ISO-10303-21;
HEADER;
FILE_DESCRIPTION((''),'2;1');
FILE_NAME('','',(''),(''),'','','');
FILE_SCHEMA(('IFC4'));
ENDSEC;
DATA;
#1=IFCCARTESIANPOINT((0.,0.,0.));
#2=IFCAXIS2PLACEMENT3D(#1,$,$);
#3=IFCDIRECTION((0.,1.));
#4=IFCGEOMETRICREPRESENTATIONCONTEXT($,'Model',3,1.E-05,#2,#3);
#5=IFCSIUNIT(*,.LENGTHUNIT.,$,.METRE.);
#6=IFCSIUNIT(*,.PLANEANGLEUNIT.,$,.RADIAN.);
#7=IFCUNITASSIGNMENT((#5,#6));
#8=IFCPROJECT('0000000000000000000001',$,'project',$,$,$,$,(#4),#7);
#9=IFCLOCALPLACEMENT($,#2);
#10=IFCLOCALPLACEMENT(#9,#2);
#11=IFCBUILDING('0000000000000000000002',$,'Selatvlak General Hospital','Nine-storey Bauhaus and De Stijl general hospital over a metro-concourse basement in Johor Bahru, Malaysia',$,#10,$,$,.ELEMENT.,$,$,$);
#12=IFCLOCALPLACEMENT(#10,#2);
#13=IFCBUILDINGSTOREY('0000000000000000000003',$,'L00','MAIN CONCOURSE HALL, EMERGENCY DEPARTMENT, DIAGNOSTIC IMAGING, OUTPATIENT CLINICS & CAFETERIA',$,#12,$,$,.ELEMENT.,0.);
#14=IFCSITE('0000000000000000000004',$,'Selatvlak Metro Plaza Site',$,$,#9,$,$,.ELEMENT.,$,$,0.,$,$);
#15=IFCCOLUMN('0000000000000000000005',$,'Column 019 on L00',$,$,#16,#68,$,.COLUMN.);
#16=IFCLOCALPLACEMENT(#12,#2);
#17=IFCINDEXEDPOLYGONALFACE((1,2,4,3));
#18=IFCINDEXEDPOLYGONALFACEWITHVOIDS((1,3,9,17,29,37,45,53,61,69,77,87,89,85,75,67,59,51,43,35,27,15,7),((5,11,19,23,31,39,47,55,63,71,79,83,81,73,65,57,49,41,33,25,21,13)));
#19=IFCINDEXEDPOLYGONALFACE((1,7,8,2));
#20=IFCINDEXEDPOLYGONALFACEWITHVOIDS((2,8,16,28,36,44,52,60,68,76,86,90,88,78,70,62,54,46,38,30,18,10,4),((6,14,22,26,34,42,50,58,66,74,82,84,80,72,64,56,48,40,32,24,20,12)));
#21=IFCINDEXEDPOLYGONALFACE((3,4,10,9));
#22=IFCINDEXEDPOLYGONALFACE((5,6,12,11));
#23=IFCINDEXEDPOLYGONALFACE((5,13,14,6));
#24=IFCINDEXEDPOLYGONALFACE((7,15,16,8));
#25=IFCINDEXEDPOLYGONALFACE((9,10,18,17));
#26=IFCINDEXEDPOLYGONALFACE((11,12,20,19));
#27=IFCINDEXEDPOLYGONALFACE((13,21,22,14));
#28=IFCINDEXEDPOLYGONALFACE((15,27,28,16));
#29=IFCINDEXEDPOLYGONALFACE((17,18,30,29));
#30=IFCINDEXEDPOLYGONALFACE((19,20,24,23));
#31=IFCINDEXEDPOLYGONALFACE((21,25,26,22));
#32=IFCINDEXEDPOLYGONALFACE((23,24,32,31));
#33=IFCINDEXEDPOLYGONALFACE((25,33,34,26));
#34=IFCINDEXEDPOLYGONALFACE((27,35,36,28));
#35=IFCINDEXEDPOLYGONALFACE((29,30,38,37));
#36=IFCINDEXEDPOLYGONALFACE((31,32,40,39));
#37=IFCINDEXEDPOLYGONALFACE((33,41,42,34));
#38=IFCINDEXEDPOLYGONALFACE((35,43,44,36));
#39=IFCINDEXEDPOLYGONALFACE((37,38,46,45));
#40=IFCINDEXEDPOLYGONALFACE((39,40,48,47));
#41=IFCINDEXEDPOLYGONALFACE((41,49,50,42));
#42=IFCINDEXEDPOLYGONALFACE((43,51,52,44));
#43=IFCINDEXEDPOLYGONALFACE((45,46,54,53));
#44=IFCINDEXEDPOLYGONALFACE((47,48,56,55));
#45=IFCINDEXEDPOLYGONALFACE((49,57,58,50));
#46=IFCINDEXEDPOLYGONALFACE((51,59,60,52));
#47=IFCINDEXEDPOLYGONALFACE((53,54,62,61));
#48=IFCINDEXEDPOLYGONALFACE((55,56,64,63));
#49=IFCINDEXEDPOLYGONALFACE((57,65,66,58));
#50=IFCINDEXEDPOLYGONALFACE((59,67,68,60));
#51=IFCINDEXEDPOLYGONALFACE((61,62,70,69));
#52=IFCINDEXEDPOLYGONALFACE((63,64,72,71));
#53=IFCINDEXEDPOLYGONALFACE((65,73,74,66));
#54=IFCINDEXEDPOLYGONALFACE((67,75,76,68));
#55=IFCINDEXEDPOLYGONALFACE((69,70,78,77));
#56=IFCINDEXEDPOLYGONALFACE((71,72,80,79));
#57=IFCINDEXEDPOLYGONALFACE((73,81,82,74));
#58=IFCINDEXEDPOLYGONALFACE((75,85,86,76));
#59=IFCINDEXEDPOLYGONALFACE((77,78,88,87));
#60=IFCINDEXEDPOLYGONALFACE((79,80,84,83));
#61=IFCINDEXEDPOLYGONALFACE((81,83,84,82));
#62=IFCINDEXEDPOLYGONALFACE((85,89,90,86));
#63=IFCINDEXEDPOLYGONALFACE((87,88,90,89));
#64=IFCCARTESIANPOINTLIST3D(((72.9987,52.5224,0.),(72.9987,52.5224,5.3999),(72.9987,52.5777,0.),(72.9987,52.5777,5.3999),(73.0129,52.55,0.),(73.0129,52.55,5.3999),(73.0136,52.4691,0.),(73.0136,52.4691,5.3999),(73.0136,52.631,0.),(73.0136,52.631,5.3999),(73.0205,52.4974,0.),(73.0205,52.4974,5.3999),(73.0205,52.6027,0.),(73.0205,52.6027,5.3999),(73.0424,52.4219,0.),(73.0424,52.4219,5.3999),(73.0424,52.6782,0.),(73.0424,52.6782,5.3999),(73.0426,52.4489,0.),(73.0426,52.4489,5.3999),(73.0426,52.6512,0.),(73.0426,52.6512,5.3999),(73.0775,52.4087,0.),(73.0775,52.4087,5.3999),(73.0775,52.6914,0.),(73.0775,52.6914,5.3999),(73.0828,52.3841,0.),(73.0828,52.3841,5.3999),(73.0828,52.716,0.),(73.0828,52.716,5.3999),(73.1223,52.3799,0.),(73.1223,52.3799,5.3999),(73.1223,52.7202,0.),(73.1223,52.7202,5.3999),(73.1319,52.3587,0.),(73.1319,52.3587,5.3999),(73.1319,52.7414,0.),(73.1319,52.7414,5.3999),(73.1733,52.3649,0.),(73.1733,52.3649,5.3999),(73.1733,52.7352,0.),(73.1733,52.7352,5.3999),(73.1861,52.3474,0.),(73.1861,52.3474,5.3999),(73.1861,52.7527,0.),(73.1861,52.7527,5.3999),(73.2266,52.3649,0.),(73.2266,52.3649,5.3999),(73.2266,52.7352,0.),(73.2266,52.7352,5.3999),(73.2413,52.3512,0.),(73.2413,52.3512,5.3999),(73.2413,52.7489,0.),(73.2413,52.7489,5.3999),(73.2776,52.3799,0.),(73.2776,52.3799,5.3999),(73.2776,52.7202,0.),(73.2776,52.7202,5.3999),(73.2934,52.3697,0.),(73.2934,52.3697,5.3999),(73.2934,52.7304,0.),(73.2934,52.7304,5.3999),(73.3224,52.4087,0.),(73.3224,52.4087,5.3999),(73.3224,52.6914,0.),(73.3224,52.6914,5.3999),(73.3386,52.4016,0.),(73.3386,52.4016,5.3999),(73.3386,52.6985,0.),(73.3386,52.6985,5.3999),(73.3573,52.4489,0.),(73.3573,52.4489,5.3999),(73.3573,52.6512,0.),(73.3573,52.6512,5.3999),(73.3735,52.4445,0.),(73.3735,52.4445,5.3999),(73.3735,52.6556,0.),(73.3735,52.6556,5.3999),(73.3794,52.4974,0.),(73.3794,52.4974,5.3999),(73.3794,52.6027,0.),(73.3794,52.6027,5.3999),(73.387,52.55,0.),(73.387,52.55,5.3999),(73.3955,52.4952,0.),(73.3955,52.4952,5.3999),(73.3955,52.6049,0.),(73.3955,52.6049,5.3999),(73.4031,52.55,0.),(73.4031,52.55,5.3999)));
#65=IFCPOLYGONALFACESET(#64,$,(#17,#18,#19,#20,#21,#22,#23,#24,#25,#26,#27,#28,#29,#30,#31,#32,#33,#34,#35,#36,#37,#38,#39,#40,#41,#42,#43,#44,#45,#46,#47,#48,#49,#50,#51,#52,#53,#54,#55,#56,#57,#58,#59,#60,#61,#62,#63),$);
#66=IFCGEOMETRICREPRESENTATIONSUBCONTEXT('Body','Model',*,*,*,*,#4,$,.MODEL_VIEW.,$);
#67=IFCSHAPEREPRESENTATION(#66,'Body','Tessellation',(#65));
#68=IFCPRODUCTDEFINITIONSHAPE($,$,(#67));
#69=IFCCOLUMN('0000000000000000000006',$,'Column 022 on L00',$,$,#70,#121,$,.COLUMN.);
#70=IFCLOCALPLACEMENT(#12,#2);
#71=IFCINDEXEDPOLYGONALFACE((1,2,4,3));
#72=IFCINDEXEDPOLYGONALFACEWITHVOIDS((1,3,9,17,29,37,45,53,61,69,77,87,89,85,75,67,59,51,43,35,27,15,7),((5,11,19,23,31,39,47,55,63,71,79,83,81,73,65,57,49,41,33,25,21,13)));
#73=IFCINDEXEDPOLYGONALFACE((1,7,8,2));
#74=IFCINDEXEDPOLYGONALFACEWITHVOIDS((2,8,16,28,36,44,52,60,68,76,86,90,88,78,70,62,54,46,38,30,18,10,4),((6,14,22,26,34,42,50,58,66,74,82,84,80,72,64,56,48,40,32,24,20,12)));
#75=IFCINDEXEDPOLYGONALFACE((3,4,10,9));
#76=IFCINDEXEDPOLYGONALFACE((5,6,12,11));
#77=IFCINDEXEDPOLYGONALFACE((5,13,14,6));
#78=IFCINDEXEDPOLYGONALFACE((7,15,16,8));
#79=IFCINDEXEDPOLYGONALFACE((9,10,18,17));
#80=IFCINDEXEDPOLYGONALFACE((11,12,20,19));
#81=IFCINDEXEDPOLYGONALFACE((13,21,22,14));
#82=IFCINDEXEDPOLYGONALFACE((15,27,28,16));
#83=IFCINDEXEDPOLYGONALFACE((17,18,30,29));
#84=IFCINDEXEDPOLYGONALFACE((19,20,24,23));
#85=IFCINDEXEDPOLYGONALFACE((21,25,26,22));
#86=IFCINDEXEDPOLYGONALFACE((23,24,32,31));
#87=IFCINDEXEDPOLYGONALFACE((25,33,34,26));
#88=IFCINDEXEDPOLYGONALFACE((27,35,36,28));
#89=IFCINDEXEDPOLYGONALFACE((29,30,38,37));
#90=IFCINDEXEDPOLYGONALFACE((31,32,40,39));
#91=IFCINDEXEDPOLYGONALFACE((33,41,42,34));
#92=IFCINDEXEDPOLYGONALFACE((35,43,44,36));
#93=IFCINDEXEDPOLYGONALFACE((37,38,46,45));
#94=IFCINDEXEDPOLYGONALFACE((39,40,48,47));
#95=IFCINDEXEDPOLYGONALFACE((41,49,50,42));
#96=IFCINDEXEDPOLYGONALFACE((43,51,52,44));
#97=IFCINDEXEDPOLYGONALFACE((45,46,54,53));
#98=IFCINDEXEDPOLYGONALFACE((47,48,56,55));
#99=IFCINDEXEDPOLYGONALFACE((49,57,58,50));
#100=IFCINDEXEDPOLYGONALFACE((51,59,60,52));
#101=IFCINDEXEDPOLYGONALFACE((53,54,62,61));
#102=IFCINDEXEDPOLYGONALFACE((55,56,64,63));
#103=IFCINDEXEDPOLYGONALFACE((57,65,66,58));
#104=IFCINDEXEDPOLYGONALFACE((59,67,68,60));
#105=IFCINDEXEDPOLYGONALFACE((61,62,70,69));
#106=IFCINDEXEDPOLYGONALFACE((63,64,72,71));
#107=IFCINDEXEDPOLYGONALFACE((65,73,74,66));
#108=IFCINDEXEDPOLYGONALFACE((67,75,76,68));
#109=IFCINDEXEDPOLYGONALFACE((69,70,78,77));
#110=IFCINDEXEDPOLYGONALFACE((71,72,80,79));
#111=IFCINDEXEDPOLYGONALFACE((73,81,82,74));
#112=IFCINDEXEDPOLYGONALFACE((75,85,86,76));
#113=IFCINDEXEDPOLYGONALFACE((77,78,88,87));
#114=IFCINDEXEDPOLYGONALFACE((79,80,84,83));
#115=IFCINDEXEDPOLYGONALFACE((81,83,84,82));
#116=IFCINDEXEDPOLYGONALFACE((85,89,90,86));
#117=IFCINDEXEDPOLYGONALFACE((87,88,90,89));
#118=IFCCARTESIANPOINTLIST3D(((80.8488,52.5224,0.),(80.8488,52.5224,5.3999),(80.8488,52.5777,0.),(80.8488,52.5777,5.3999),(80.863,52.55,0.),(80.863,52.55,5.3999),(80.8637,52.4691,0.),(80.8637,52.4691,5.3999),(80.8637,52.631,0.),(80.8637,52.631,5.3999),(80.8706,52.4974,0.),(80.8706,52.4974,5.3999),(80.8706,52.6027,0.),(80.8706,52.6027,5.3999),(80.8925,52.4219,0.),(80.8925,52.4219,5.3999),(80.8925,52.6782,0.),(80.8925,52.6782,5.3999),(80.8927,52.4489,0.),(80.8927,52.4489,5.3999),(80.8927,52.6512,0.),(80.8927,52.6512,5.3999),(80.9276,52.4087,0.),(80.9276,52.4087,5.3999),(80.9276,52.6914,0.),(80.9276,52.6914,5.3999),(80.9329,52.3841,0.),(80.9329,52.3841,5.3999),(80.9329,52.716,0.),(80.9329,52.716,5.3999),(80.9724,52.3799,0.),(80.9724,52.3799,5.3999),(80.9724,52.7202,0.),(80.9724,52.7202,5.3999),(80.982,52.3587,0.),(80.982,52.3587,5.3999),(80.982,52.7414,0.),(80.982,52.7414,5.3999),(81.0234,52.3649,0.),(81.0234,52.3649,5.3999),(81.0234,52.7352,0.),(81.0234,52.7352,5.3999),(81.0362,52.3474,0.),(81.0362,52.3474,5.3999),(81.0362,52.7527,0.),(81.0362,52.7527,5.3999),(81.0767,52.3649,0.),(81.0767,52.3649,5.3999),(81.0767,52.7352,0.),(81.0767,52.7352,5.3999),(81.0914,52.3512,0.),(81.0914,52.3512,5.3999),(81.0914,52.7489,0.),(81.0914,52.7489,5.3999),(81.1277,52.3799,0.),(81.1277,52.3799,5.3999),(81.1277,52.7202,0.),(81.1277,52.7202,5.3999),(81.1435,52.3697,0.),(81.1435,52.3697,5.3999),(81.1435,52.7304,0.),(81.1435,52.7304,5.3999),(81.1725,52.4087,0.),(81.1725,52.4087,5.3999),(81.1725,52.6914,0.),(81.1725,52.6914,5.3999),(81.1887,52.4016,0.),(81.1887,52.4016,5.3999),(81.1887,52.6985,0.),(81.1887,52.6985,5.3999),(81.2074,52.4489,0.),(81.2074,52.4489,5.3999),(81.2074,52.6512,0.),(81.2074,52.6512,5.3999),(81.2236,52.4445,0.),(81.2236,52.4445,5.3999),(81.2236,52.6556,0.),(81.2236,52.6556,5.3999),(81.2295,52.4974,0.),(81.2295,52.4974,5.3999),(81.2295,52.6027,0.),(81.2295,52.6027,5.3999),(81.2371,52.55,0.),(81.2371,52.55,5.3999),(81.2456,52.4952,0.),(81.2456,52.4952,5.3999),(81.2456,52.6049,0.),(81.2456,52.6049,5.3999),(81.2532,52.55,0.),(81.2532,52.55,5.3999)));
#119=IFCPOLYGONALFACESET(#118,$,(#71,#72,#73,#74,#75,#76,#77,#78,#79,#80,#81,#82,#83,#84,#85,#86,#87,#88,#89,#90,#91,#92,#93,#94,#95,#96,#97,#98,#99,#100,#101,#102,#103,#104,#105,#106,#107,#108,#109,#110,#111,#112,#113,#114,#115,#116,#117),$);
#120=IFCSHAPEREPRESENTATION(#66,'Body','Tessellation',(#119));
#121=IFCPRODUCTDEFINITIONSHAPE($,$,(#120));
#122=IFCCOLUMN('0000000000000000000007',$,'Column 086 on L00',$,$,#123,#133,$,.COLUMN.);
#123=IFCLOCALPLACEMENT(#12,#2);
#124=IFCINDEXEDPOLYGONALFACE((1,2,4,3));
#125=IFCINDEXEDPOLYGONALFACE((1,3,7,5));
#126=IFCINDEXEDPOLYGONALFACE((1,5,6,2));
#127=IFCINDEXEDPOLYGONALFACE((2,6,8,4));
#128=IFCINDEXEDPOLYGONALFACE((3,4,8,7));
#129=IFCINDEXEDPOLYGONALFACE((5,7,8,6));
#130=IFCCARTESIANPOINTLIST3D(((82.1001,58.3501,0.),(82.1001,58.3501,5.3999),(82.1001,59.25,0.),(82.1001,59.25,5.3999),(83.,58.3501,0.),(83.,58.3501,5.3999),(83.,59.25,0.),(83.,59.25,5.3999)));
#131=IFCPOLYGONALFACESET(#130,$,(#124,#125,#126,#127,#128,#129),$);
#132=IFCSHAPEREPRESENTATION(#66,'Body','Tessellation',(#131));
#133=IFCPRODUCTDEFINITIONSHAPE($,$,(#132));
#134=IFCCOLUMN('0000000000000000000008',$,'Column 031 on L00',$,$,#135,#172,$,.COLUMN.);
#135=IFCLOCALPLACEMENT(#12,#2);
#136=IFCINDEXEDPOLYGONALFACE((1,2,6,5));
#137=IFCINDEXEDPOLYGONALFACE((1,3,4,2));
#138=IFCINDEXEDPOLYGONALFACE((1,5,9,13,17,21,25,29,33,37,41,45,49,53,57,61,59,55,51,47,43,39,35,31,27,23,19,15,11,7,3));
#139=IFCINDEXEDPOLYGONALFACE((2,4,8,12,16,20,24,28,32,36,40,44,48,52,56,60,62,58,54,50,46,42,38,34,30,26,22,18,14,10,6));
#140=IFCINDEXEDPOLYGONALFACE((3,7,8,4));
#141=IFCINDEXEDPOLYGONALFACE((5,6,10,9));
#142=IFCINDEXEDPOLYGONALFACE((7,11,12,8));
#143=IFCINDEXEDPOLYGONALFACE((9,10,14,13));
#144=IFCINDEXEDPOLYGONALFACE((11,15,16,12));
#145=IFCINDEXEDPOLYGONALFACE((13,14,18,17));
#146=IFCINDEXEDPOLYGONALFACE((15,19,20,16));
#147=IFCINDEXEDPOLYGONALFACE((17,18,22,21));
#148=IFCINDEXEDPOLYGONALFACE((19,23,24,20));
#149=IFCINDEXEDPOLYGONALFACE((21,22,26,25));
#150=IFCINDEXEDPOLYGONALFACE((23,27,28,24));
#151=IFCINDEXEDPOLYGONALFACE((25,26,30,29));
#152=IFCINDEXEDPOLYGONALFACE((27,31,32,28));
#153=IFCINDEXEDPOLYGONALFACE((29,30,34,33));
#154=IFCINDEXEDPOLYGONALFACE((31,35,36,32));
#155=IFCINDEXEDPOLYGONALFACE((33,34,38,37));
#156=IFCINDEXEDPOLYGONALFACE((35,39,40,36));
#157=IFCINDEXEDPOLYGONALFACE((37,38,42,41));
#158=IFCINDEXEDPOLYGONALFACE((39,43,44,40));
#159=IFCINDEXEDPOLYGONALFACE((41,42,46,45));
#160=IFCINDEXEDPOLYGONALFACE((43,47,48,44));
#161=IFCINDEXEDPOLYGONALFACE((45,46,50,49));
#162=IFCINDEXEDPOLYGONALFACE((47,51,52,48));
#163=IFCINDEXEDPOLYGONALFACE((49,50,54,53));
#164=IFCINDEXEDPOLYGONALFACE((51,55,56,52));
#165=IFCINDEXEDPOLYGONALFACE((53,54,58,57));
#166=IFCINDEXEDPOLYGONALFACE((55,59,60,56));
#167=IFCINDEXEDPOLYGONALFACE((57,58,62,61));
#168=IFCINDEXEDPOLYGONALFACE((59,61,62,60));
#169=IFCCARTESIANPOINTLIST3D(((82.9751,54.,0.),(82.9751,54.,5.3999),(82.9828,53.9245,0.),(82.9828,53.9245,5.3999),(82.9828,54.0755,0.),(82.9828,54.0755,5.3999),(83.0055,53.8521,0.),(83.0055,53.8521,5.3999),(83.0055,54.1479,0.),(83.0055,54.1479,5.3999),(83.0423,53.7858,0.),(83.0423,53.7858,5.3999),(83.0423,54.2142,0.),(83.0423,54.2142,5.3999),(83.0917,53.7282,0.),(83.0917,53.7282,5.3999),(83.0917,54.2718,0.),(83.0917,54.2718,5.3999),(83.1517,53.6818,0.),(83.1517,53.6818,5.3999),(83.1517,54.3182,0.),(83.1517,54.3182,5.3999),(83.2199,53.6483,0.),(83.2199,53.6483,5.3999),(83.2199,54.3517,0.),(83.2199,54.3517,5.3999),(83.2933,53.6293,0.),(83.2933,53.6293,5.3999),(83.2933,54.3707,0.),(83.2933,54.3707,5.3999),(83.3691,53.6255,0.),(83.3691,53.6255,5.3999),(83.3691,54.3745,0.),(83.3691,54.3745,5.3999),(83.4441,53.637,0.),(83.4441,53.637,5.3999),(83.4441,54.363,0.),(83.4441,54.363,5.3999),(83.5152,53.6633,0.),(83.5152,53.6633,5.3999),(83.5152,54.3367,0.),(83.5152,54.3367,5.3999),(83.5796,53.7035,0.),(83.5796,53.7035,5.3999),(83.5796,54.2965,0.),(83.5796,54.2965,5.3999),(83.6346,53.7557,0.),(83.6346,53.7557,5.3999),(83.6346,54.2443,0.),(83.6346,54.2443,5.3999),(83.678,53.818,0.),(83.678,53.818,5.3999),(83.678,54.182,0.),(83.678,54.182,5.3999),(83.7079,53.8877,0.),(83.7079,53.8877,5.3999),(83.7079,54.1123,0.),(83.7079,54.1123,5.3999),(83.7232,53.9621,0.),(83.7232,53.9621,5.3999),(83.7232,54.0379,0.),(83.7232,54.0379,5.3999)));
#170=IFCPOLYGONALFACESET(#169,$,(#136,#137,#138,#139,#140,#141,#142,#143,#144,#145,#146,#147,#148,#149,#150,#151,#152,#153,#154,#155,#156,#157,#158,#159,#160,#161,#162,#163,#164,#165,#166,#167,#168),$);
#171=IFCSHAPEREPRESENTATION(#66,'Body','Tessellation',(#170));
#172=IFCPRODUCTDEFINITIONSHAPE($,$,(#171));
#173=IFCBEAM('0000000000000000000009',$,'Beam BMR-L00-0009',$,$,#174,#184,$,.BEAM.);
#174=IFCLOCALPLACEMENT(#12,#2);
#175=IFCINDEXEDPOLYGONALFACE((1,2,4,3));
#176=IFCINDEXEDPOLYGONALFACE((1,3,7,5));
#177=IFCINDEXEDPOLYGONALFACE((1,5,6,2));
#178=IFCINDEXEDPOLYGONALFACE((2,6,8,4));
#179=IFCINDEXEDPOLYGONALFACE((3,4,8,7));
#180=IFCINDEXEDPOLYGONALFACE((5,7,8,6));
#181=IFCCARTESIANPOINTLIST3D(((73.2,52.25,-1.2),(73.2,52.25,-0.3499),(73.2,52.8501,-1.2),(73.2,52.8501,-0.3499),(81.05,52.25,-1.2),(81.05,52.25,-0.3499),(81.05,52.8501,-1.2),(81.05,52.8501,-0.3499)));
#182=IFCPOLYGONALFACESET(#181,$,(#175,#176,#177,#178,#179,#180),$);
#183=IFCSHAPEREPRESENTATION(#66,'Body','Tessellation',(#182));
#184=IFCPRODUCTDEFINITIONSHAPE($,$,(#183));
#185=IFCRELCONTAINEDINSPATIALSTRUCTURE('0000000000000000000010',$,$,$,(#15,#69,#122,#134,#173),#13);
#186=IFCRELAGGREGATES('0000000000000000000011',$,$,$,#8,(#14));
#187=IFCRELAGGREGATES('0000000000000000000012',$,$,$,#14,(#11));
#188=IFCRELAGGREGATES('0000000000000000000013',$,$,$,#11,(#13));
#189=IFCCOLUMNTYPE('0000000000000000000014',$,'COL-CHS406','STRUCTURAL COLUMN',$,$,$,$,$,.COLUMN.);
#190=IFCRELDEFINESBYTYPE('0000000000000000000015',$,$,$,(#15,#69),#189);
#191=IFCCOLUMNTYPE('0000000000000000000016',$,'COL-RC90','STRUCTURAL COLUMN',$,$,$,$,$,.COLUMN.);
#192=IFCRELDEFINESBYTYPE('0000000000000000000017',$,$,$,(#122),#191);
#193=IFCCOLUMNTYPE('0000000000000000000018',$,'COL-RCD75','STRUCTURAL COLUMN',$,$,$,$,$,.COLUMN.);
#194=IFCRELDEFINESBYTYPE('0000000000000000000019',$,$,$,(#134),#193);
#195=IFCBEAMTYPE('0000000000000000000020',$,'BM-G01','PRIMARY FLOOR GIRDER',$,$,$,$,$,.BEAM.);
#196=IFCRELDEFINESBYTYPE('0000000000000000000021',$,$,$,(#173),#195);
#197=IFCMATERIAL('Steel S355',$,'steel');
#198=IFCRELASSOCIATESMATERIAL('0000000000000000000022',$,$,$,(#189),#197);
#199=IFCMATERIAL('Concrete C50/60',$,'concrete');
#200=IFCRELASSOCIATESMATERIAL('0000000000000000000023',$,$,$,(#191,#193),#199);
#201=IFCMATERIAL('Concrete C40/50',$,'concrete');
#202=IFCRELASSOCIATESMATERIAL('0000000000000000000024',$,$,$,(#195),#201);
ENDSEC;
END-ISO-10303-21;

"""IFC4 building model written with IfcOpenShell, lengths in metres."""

from ifc_helpers import new_model, si_unit, direction, frame, origin, origin_2d, place, context, subcontext, project, spatial, rectangle, circle, hollow_circle, extrude, material, material_profile, profile_set, type_object, element, save


model = new_model("IFC4")

# Units and contexts
model_context = context("Model", 3, precision=1e-05, world=origin(), true_north=direction((0.0, 1.0)))
body_context = subcontext(model_context, "Body", "Model", "MODEL_VIEW")
ifc_project = project(units=[si_unit("LENGTHUNIT", "METRE"), si_unit("PLANEANGLEUNIT", "RADIAN")], contexts=[model_context])

# Site, building, storey
site_placement = place(None, origin())
site = spatial("IfcSite", under=ifc_project, at=site_placement, Name="Selatvlak Metro Plaza Site", CompositionType="ELEMENT", RefElevation=0.0)
building_placement = place(site_placement, origin())
building = spatial("IfcBuilding", under=site, at=building_placement, Name="Selatvlak General Hospital", Description="Nine-storey Bauhaus and De Stijl general hospital over a metro-concourse basement in Johor Bahru, Malaysia", CompositionType="ELEMENT")
storey_placement = place(building_placement, origin())
storey = spatial("IfcBuildingStorey", under=building, at=storey_placement, Name="L00", Description="MAIN CONCOURSE HALL, EMERGENCY DEPARTMENT, DIAGNOSTIC IMAGING, OUTPATIENT CLINICS & CAFETERIA", CompositionType="ELEMENT", Elevation=0.0)

# Columns
ifc_material_1 = material(Name="Steel S355", Category="steel")
ifc_material_profile_1 = material_profile(ifc_material_1, hollow_circle(Radius=0.2031, WallThickness=0.0161, at=origin_2d()), Name="CHS 406.4x16")
ifc_profile_set_1 = profile_set([ifc_material_profile_1], Name="Steel S355")
column_type_1 = type_object("IfcColumnType", Name="COL-CHS406", Description="STRUCTURAL COLUMN", PredefinedType="COLUMN", material=ifc_profile_set_1)
for number, where, z_axis, x_axis, name in (
    (1, (73.2, 52.55, 0.0), (0.0, 0.0, 1.0), (1.0, 0.0, 0.0), "Column 019 on L00"),
    (2, (81.05, 52.55, 0.0), (0.0, 0.0, 1.0), (1.0, 0.0, 0.0), "Column 022 on L00"),
):
    element("IfcColumn", number, at=place(storey_placement, frame(where, z_axis=z_axis, x_axis=x_axis)), inside=storey, type_object=column_type_1, Name=name, PredefinedType="COLUMN", context=body_context, shape_type="SweptSolid", body=[
        extrude(hollow_circle(Radius=0.2031, WallThickness=0.0161, at=origin_2d()), origin(), (0.0, 0.0, 1.0), 5.3999),
    ])
ifc_material_2 = material(Name="Concrete C50/60", Category="concrete")
ifc_material_profile_2 = material_profile(ifc_material_2, rectangle(XDim=0.8999, YDim=0.8999, at=origin_2d()), Name="RC-COL 900x900")
ifc_profile_set_2 = profile_set([ifc_material_profile_2], Name="Concrete C50/60")
column_type_2 = type_object("IfcColumnType", Name="COL-RC90", Description="STRUCTURAL COLUMN", PredefinedType="COLUMN", material=ifc_profile_set_2)
column_1_placement = place(storey_placement, frame((82.55, 58.8, 0.0), z_axis=(0.0, 0.0, 1.0), x_axis=(1.0, 0.0, 0.0)))
element("IfcColumn", 3, at=column_1_placement, inside=storey, type_object=column_type_2, Name="Column 086 on L00", PredefinedType="COLUMN", context=body_context, shape_type="SweptSolid", body=[
    extrude(rectangle(XDim=0.8999, YDim=0.8999, at=origin_2d()), origin(), (0.0, 0.0, 1.0), 5.3999),
])
ifc_material_profile_3 = material_profile(ifc_material_2, circle(Radius=0.375, at=origin_2d()), Name="RC-COL D750")
ifc_profile_set_3 = profile_set([ifc_material_profile_3], Name="Concrete C50/60")
column_type_3 = type_object("IfcColumnType", Name="COL-RCD75", Description="STRUCTURAL COLUMN", PredefinedType="COLUMN", material=ifc_profile_set_3)
column_2_placement = place(storey_placement, frame((83.3501, 54.0, 0.0), z_axis=(0.0, 0.0, 1.0), x_axis=(-1.0, 0.0, 0.0)))
element("IfcColumn", 4, at=column_2_placement, inside=storey, type_object=column_type_3, Name="Column 031 on L00", PredefinedType="COLUMN", context=body_context, shape_type="SweptSolid", body=[
    extrude(circle(Radius=0.375, at=origin_2d()), origin(), (0.0, 0.0, 1.0), 5.3999),
])

# Beam
ifc_material_3 = material(Name="Concrete C40/50", Category="concrete")
ifc_material_profile_4 = material_profile(ifc_material_3, rectangle(XDim=0.6001, YDim=0.8501, at=origin_2d()), Name="RC-BM 600x850")
ifc_profile_set_4 = profile_set([ifc_material_profile_4], Name="Concrete C40/50")
beam_type_1 = type_object("IfcBeamType", Name="BM-G01", Description="PRIMARY FLOOR GIRDER", PredefinedType="BEAM", material=ifc_profile_set_4)
beam_1_placement = place(storey_placement, frame((73.2, 52.55, -0.7749), z_axis=(1.0, 0.0, 0.0), x_axis=(0.0, 1.0, 0.0)))
element("IfcBeam", 5, at=beam_1_placement, inside=storey, type_object=beam_type_1, Name="Beam BMR-L00-0009", PredefinedType="BEAM", context=body_context, shape_type="SweptSolid", body=[
    extrude(rectangle(XDim=0.6001, YDim=0.8501, at=origin_2d()), origin(), (0.0, 0.0, 1.0), 7.8501),
])

save(model, "model.ifc")
